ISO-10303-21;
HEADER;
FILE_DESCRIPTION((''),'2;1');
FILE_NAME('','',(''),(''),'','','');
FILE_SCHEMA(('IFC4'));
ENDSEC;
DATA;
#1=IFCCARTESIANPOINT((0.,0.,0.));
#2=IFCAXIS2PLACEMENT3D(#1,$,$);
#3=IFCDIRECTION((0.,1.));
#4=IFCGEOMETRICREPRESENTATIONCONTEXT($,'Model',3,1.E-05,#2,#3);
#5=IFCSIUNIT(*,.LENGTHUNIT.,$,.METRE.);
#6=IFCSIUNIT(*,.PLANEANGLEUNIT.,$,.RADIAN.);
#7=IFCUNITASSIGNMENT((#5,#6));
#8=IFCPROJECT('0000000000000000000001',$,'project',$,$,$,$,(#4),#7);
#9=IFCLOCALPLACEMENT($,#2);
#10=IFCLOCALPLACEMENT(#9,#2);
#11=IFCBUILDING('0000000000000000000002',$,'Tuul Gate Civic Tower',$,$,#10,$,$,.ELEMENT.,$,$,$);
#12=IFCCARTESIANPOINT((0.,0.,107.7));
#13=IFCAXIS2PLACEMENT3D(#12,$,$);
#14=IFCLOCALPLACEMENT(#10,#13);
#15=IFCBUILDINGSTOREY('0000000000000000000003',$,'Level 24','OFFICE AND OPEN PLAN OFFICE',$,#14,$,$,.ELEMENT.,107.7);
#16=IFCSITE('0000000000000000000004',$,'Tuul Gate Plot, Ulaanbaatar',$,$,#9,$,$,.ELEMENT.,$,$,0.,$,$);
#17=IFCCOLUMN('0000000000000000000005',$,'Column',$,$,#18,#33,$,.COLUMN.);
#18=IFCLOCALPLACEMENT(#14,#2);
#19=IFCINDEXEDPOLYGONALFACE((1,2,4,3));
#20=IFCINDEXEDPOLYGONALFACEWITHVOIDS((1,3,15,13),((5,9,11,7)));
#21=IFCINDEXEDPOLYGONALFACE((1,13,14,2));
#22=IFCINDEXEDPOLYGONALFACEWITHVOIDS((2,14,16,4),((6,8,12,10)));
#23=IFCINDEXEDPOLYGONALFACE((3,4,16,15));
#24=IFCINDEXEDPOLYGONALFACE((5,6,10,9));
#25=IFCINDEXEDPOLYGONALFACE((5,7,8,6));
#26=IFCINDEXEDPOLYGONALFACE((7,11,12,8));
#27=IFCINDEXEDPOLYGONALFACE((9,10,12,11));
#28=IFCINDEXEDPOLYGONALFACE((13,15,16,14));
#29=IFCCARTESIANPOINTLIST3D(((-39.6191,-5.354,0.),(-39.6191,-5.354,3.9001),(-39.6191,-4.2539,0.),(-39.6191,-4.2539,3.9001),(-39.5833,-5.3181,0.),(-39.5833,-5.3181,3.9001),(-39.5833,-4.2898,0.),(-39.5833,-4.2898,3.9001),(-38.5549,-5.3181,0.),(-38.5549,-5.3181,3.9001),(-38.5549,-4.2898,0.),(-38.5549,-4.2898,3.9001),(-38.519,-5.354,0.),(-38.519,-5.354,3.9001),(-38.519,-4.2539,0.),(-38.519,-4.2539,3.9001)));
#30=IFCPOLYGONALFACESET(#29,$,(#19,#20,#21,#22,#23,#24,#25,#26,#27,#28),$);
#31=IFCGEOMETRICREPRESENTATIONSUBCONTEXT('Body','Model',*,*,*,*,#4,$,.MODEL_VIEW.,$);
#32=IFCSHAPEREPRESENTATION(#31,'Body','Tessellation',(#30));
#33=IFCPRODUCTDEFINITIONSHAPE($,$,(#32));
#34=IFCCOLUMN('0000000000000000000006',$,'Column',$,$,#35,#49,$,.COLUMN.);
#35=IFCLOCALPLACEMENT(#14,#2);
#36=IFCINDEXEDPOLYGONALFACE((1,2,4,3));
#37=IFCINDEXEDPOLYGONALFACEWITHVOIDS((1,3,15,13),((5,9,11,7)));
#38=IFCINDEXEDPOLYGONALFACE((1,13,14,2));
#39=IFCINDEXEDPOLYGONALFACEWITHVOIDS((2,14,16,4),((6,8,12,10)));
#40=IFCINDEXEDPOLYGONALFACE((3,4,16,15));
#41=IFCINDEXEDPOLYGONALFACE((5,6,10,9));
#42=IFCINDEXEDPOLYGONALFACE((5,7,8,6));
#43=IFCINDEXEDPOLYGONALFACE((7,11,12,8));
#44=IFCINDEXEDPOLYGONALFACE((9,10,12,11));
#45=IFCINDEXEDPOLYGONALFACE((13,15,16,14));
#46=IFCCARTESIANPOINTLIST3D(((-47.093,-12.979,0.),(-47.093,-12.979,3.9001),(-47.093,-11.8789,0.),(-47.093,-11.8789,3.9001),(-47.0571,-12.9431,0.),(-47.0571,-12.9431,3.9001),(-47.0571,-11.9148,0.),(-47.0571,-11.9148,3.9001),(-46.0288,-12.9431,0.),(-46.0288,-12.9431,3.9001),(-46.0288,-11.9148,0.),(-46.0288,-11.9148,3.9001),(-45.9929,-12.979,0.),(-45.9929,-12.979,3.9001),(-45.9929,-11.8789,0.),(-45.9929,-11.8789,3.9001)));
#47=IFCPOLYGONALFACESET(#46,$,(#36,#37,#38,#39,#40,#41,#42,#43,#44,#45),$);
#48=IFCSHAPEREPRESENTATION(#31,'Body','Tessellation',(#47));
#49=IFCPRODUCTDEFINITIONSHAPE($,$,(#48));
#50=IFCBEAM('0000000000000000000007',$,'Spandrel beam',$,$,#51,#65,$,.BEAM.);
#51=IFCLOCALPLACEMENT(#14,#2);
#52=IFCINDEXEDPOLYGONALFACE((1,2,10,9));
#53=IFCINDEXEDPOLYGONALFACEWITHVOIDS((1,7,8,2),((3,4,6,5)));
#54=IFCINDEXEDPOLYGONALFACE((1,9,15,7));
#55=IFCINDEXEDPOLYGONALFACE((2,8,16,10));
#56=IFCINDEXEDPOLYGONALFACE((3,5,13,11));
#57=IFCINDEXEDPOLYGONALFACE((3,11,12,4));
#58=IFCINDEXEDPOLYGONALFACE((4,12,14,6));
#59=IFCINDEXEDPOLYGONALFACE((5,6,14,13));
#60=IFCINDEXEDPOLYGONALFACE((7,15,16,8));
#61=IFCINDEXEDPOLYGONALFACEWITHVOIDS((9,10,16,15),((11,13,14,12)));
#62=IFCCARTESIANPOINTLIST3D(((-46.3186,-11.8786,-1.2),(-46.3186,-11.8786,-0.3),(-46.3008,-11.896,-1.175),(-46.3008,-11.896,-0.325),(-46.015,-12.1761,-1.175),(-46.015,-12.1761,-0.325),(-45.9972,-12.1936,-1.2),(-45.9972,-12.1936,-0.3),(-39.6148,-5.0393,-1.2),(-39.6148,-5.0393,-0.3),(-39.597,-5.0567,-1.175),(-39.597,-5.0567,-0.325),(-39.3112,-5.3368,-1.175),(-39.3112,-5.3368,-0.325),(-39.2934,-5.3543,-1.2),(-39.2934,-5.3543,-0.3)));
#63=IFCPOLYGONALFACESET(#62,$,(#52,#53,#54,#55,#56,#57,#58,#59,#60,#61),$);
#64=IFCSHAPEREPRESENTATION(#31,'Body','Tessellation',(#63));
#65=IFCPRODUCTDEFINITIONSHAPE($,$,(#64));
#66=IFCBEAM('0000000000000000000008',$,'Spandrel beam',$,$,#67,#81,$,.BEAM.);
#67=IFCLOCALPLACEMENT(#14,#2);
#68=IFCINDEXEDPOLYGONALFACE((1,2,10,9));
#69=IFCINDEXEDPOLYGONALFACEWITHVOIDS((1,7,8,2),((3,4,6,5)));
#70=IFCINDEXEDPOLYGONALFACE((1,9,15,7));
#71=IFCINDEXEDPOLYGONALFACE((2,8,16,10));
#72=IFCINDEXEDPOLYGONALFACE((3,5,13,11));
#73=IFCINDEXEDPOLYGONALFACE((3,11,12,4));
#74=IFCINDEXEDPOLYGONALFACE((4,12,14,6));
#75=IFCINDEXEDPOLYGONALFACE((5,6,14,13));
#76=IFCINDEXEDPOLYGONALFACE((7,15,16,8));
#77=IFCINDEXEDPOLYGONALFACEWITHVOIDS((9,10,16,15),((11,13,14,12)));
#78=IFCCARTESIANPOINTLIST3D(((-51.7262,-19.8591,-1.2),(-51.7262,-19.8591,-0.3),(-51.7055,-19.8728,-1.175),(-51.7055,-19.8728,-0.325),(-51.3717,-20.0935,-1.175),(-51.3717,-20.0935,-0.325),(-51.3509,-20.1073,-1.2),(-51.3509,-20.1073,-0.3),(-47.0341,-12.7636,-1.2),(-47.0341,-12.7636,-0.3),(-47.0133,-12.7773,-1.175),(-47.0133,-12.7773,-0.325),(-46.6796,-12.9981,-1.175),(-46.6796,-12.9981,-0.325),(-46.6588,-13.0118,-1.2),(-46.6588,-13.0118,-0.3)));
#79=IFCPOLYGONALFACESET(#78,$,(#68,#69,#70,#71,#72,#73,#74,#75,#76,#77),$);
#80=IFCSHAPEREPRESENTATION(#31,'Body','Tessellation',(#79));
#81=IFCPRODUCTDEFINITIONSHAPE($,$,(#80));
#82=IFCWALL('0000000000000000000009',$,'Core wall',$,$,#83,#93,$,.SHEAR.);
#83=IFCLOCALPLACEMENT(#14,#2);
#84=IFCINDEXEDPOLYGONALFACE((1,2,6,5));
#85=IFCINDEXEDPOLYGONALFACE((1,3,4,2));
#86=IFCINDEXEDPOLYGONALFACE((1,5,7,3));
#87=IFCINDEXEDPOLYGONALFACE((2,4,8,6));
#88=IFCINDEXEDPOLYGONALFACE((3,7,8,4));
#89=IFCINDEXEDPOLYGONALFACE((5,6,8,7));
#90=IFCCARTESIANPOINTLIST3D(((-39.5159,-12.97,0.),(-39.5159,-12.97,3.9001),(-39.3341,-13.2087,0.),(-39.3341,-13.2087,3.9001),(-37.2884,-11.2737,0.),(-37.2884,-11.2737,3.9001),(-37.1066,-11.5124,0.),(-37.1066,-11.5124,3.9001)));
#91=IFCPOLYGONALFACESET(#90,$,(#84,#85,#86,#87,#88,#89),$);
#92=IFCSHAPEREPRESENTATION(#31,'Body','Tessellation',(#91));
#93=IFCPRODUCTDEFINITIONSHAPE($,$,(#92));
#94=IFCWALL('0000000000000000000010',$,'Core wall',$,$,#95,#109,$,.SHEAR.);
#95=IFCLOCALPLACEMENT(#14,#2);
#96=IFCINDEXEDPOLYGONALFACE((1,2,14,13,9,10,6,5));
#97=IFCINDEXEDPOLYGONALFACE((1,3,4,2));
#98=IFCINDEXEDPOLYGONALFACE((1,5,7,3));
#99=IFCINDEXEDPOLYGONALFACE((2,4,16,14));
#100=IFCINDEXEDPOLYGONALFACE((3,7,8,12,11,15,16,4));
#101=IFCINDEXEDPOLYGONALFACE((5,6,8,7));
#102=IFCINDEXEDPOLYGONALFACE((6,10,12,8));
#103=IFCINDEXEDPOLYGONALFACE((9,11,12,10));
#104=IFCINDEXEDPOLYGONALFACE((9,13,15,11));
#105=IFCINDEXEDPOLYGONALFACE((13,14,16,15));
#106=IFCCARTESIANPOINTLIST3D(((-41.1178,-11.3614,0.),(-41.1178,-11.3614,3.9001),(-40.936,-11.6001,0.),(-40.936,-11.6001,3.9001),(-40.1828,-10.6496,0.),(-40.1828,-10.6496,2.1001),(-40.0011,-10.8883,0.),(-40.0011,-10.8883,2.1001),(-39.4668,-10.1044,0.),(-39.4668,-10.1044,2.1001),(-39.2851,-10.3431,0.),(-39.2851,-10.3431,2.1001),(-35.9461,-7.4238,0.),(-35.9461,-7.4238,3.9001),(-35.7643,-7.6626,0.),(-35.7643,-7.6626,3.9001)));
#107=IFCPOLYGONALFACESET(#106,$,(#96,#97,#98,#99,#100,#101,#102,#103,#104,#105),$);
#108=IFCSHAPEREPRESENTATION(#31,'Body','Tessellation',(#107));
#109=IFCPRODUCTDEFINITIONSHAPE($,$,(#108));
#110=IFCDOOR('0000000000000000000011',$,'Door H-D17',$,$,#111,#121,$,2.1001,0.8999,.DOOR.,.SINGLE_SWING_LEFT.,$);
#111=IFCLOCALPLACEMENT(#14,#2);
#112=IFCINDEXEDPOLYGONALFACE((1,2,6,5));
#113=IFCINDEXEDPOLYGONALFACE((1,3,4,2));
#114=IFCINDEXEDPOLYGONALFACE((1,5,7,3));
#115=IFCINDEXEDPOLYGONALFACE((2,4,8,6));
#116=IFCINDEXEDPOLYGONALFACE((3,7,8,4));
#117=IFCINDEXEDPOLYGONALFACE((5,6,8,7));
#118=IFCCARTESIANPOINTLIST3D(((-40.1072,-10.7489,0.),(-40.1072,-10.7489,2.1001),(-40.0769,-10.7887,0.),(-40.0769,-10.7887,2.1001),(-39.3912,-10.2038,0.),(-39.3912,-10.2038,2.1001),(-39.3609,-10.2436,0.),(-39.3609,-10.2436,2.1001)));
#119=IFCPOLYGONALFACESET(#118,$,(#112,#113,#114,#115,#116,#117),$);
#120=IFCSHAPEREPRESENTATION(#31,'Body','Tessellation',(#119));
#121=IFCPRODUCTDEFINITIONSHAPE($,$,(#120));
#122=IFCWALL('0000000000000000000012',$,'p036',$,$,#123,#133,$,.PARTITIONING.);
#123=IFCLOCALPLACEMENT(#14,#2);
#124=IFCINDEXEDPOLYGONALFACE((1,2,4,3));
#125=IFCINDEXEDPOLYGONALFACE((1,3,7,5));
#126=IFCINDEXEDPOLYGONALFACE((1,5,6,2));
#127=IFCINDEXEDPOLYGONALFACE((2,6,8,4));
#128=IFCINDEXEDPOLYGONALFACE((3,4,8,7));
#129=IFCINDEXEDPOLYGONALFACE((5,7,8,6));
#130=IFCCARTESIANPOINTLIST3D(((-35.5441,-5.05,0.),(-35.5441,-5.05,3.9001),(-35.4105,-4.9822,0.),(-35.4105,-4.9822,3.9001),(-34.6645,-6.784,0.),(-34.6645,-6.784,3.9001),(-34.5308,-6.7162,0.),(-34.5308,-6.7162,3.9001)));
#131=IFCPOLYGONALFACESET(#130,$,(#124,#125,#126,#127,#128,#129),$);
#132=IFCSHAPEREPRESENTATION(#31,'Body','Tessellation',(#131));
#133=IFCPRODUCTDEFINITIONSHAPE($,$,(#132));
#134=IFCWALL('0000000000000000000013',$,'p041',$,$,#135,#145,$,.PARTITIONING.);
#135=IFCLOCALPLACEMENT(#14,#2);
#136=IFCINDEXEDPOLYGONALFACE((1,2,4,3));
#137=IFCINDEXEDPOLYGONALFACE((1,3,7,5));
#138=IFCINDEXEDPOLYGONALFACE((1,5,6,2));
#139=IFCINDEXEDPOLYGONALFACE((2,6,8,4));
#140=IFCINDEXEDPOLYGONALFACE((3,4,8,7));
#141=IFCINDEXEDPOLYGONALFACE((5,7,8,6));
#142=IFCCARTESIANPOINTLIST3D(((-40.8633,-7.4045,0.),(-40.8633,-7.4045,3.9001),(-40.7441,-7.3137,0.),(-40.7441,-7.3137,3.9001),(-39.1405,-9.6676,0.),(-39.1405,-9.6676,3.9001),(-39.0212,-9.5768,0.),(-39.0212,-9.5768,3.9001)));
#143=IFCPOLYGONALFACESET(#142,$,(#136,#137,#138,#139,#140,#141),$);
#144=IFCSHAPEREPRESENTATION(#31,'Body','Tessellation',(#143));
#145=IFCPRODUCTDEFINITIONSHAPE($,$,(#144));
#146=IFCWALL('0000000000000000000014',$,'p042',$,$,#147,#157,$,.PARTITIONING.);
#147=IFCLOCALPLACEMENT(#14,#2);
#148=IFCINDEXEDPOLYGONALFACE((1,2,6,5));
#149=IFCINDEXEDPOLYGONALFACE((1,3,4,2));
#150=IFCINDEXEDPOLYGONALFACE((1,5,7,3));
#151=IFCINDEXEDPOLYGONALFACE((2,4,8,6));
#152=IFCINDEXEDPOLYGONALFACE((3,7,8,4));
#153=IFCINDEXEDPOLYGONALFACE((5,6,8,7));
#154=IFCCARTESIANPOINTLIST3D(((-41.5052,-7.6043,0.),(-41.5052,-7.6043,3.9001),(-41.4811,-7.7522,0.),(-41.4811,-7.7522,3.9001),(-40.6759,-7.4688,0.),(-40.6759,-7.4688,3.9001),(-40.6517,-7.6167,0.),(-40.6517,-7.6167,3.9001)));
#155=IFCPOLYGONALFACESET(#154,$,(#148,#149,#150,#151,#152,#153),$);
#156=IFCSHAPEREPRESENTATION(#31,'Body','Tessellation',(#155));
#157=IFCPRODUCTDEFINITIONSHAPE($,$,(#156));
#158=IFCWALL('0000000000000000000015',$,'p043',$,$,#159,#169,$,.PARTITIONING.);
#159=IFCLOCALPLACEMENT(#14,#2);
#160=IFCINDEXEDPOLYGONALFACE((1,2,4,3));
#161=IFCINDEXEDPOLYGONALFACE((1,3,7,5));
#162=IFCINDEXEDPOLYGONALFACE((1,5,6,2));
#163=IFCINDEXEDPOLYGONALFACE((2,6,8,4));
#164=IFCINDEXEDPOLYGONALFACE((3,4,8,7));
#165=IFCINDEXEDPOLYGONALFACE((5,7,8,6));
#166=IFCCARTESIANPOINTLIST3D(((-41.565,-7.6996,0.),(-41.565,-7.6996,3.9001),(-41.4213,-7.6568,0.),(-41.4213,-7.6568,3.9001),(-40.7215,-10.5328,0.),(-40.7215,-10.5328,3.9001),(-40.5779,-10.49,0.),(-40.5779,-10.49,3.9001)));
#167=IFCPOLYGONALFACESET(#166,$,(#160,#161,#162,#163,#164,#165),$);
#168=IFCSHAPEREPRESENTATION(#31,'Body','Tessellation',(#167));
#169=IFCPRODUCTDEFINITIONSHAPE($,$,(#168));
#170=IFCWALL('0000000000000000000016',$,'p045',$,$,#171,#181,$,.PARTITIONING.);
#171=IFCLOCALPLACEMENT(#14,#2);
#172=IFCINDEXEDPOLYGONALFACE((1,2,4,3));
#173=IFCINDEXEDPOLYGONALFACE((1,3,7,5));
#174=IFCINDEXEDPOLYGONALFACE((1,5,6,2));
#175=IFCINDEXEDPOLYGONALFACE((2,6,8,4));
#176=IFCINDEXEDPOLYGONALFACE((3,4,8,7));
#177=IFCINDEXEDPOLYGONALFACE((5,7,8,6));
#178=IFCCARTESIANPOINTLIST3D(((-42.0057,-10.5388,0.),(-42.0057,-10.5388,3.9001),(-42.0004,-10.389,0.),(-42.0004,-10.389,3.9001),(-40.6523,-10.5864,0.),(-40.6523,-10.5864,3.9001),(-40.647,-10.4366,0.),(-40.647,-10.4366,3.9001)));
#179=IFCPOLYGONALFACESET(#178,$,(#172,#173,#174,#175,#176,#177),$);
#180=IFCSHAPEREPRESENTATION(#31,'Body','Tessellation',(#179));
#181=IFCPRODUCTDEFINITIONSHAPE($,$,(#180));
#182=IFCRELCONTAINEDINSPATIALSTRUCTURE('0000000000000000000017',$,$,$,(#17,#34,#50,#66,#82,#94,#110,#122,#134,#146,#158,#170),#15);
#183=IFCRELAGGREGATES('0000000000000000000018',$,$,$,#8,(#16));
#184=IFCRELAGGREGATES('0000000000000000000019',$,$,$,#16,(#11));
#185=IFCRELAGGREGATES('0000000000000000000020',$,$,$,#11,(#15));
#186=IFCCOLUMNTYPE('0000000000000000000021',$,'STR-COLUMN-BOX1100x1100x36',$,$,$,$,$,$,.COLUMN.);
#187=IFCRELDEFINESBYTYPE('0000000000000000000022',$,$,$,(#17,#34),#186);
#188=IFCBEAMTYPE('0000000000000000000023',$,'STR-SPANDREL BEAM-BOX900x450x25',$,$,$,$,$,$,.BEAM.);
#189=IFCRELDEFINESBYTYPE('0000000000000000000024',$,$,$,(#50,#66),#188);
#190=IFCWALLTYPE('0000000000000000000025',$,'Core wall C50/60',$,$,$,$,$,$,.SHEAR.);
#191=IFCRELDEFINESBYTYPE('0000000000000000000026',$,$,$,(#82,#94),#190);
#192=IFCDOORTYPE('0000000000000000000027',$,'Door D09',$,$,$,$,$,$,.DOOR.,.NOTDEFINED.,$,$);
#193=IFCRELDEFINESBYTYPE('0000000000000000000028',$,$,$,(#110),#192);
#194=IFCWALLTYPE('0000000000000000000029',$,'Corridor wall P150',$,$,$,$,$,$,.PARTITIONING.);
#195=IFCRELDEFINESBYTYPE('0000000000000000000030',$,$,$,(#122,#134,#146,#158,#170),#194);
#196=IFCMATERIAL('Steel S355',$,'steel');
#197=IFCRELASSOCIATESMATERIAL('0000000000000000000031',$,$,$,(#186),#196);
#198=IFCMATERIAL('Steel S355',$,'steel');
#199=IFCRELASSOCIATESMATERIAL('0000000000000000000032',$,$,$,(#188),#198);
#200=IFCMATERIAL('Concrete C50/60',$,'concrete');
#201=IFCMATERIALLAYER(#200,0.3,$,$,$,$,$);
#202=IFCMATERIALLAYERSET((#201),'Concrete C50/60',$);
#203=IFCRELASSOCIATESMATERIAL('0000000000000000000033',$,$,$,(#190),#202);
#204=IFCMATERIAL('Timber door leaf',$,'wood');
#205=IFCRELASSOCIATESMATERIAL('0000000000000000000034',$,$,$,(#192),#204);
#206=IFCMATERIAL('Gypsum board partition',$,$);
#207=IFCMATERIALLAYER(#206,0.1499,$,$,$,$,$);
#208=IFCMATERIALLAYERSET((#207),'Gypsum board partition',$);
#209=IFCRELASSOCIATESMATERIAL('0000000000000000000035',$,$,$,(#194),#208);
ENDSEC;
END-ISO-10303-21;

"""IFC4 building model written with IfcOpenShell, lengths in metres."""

from ifc_helpers import new_model, si_unit, direction, frame, frame_2d, origin, origin_2d, place, context, subcontext, project, spatial, rectangle, hollow_rectangle, extrude, material, layer, layer_set, material_profile, profile_set, type_object, element, fill, save


model = new_model("IFC4")

# Units and contexts
model_context = context("Model", 3, precision=1e-05, world=origin(), true_north=direction((0.0, 1.0)))
body_context = subcontext(model_context, "Body", "Model", "MODEL_VIEW")
ifc_project = project(units=[si_unit("LENGTHUNIT", "METRE"), si_unit("PLANEANGLEUNIT", "RADIAN")], contexts=[model_context])

# Site, building, storey
site_placement = place(None, origin())
site = spatial("IfcSite", under=ifc_project, at=site_placement, Name="Tuul Gate Plot, Ulaanbaatar", CompositionType="ELEMENT", RefElevation=0.0)
building_placement = place(site_placement, origin())
building = spatial("IfcBuilding", under=site, at=building_placement, Name="Tuul Gate Civic Tower", CompositionType="ELEMENT")
storey_placement = place(building_placement, frame((0.0, 0.0, 107.7)))
storey = spatial("IfcBuildingStorey", under=building, at=storey_placement, Name="Level 24", Description="OFFICE AND OPEN PLAN OFFICE", CompositionType="ELEMENT", Elevation=107.7)

# Columns
ifc_material_1 = material(Name="Steel S355", Category="steel")
ifc_material_profile_1 = material_profile(ifc_material_1, hollow_rectangle(XDim=1.1001, YDim=1.1001, WallThickness=0.0359, at=origin_2d()), Name="BOX1100x1100x36")
ifc_profile_set_1 = profile_set([ifc_material_profile_1], Name="Steel S355")
column_type = type_object("IfcColumnType", Name="STR-COLUMN-BOX1100x1100x36", PredefinedType="COLUMN", material=ifc_profile_set_1)
for number, where, z_axis, x_axis, name in (
    (1, (-39.0691, -4.804, 0.0), (0.0, 0.0, 1.0), (1.0, 0.0, 0.0), "Column"),
    (2, (-46.543, -12.429, 0.0), (0.0, 0.0, 1.0), (1.0, 0.0, 0.0), "Column"),
):
    element("IfcColumn", number, at=place(storey_placement, frame(where, z_axis=z_axis, x_axis=x_axis)), inside=storey, type_object=column_type, Name=name, PredefinedType="COLUMN", context=body_context, shape_type="SweptSolid", body=[
        extrude(hollow_rectangle(XDim=1.1001, YDim=1.1001, WallThickness=0.0359, at=origin_2d()), origin(), (0.0, 0.0, 1.0), 3.9001),
    ])

# Beams
ifc_material_2 = material(Name="Steel S355", Category="steel")
ifc_material_profile_2 = material_profile(ifc_material_2, hollow_rectangle(XDim=0.45, YDim=0.8999, WallThickness=0.0249, at=origin_2d()), Name="BOX900x450x25")
ifc_profile_set_2 = profile_set([ifc_material_profile_2], Name="Steel S355")
beam_type = type_object("IfcBeamType", Name="STR-SPANDREL BEAM-BOX900x450x25", PredefinedType="BEAM", material=ifc_profile_set_2)
beam_1_placement = place(storey_placement, frame((-39.4541, -5.1968, -0.75), z_axis=(-0.699997, -0.714146, 0.0), x_axis=(0.714146, -0.699997, 0.0)))
element("IfcBeam", 3, at=beam_1_placement, inside=storey, type_object=beam_type, Name="Spandrel beam", PredefinedType="BEAM", context=body_context, shape_type="SweptSolid", body=[
    extrude(hollow_rectangle(XDim=0.45, YDim=0.8999, WallThickness=0.0249, at=origin_2d()), origin(), (0.0, 0.0, 1.0), 9.5769),
])
beam_2_placement = place(storey_placement, frame((-46.8464, -12.8877, -0.75), z_axis=(-0.55159, -0.834115, 0.0), x_axis=(0.834115, -0.55159, 0.0)))
element("IfcBeam", 4, at=beam_2_placement, inside=storey, type_object=beam_type, Name="Spandrel beam", PredefinedType="BEAM", context=body_context, shape_type="SweptSolid", body=[
    extrude(hollow_rectangle(XDim=0.45, YDim=0.8999, WallThickness=0.0249, at=origin_2d()), origin(), (0.0, 0.0, 1.0), 8.5066),
])

# Wall
ifc_material_3 = material(Name="Concrete C50/60", Category="concrete")
ifc_layer_1 = layer(ifc_material_3, 0.3)
ifc_layer_set_1 = layer_set([ifc_layer_1], Name="Concrete C50/60")
wall_type_1 = type_object("IfcWallType", Name="Core wall C50/60", PredefinedType="SHEAR", material=ifc_layer_set_1)
wall_1_placement = place(storey_placement, frame((-37.1975, -11.3931, 0.0), z_axis=(0.0, 0.0, 1.0), x_axis=(-0.795584, -0.605844, 0.0)))
element("IfcWall", 5, at=wall_1_placement, inside=storey, type_object=wall_type_1, Name="Core wall", PredefinedType="SHEAR", context=body_context, shape_type="SweptSolid", body=[
    extrude(rectangle(XDim=2.7998, YDim=0.3, at=frame_2d((1.3999, 0.0))), origin(), (0.0, 0.0, 1.0), 3.9001),
])

# Wall, opening, door
wall_2_placement = place(storey_placement, frame((-35.8552, -7.5432, 0.0), z_axis=(0.0, 0.0, 1.0), x_axis=(-0.795639, -0.605772, 0.0)))
wall_2 = element("IfcWall", 6, at=wall_2_placement, inside=storey, type_object=wall_type_1, Name="Core wall", PredefinedType="SHEAR", context=body_context, shape_type="SweptSolid", body=[
    extrude(rectangle(XDim=6.5, YDim=0.3, at=frame_2d((3.25, 0.0))), origin(), (0.0, 0.0, 1.0), 3.9001),
])
opening_1_placement = place(wall_2_placement, frame((4.425, 0.0, 0.0)))
opening_1 = element("IfcOpeningElement", 7, at=opening_1_placement, cuts=wall_2, PredefinedType="OPENING", context=body_context, shape_type="SweptSolid", body=[
    extrude(rectangle(XDim=0.8999, YDim=2.1001, at=frame_2d((0.45, 1.05))), frame((0.0, 0.1602, 0.0), z_axis=(0.0, -1.0, 0.0), x_axis=(1.0, 0.0, 0.0)), (0.0, 0.0, 1.0), 0.3201),
])
ifc_material_4 = material(Name="Timber door leaf", Category="wood")
door_type = type_object("IfcDoorType", Name="Door D09", OperationType="NOTDEFINED", PredefinedType="DOOR", material=ifc_material_4)
door_placement = place(opening_1_placement, origin())
door = element("IfcDoor", 8, at=door_placement, inside=storey, type_object=door_type, Name="Door H-D17", OperationType="SINGLE_SWING_LEFT", OverallHeight=2.1001, OverallWidth=0.8999, PredefinedType="DOOR", context=body_context, shape_type="SweptSolid", body=[
    extrude(rectangle(XDim=0.8999, YDim=2.1001, at=frame_2d((0.45, 1.05))), frame((0.0, 0.0249, 0.0), z_axis=(0.0, -1.0, 0.0), x_axis=(1.0, 0.0, 0.0)), (0.0, 0.0, 1.0), 0.05),
])
fill(opening_1, door)

# Walls
ifc_material_5 = material(Name="Gypsum board partition")
ifc_layer_2 = layer(ifc_material_5, 0.1499)
ifc_layer_set_2 = layer_set([ifc_layer_2], Name="Gypsum board partition")
wall_type_2 = type_object("IfcWallType", Name="Corridor wall P150", PredefinedType="PARTITIONING", material=ifc_layer_set_2)
wall_3_placement = place(storey_placement, frame((-35.4773, -5.0161, 0.0), z_axis=(0.0, 0.0, 1.0), x_axis=(0.45243, -0.8918, 0.0)))
element("IfcWall", 9, at=wall_3_placement, inside=storey, type_object=wall_type_2, Name="p036", PredefinedType="PARTITIONING", context=body_context, shape_type="SweptSolid", body=[
    extrude(rectangle(XDim=1.9443, YDim=0.1499, at=frame_2d((0.9722, 0.0))), origin(), (0.0, 0.0, 1.0), 3.9001),
])
wall_4_placement = place(storey_placement, frame((-40.8037, -7.3591, 0.0), z_axis=(0.0, 0.0, 1.0), x_axis=(0.605725, -0.795674, 0.0)))
element("IfcWall", 10, at=wall_4_placement, inside=storey, type_object=wall_type_2, Name="p041", PredefinedType="PARTITIONING", context=body_context, shape_type="SweptSolid", body=[
    extrude(rectangle(XDim=2.8442, YDim=0.1499, at=frame_2d((1.4221, 0.0))), origin(), (0.0, 0.0, 1.0), 3.9001),
])
wall_5_placement = place(storey_placement, frame((-41.4932, -7.6782, 0.0), z_axis=(0.0, 0.0, 1.0), x_axis=(0.986915, 0.161242, 0.0)))
element("IfcWall", 11, at=wall_5_placement, inside=storey, type_object=wall_type_2, Name="p042", PredefinedType="PARTITIONING", context=body_context, shape_type="SweptSolid", body=[
    extrude(rectangle(XDim=0.8403, YDim=0.1499, at=frame_2d((0.4202, 0.0))), origin(), (0.0, 0.0, 1.0), 3.9001),
])
wall_6_placement = place(storey_placement, frame((-41.4932, -7.6782, 0.0), z_axis=(0.0, 0.0, 1.0), x_axis=(0.285339, -0.958427, 0.0)))
element("IfcWall", 12, at=wall_6_placement, inside=storey, type_object=wall_type_2, Name="p043", PredefinedType="PARTITIONING", context=body_context, shape_type="SweptSolid", body=[
    extrude(rectangle(XDim=2.9561, YDim=0.1499, at=frame_2d((1.478, 0.0))), origin(), (0.0, 0.0, 1.0), 3.9001),
])
wall_7_placement = place(storey_placement, frame((-42.0032, -10.4639, 0.0), z_axis=(0.0, 0.0, 1.0), x_axis=(0.999382, -0.035151, 0.0)))
element("IfcWall", 13, at=wall_7_placement, inside=storey, type_object=wall_type_2, Name="p045", PredefinedType="PARTITIONING", context=body_context, shape_type="SweptSolid", body=[
    extrude(rectangle(XDim=1.3542, YDim=0.1499, at=frame_2d((0.6772, 0.0))), origin(), (0.0, 0.0, 1.0), 3.9001),
])

save(model, "model.ifc")
